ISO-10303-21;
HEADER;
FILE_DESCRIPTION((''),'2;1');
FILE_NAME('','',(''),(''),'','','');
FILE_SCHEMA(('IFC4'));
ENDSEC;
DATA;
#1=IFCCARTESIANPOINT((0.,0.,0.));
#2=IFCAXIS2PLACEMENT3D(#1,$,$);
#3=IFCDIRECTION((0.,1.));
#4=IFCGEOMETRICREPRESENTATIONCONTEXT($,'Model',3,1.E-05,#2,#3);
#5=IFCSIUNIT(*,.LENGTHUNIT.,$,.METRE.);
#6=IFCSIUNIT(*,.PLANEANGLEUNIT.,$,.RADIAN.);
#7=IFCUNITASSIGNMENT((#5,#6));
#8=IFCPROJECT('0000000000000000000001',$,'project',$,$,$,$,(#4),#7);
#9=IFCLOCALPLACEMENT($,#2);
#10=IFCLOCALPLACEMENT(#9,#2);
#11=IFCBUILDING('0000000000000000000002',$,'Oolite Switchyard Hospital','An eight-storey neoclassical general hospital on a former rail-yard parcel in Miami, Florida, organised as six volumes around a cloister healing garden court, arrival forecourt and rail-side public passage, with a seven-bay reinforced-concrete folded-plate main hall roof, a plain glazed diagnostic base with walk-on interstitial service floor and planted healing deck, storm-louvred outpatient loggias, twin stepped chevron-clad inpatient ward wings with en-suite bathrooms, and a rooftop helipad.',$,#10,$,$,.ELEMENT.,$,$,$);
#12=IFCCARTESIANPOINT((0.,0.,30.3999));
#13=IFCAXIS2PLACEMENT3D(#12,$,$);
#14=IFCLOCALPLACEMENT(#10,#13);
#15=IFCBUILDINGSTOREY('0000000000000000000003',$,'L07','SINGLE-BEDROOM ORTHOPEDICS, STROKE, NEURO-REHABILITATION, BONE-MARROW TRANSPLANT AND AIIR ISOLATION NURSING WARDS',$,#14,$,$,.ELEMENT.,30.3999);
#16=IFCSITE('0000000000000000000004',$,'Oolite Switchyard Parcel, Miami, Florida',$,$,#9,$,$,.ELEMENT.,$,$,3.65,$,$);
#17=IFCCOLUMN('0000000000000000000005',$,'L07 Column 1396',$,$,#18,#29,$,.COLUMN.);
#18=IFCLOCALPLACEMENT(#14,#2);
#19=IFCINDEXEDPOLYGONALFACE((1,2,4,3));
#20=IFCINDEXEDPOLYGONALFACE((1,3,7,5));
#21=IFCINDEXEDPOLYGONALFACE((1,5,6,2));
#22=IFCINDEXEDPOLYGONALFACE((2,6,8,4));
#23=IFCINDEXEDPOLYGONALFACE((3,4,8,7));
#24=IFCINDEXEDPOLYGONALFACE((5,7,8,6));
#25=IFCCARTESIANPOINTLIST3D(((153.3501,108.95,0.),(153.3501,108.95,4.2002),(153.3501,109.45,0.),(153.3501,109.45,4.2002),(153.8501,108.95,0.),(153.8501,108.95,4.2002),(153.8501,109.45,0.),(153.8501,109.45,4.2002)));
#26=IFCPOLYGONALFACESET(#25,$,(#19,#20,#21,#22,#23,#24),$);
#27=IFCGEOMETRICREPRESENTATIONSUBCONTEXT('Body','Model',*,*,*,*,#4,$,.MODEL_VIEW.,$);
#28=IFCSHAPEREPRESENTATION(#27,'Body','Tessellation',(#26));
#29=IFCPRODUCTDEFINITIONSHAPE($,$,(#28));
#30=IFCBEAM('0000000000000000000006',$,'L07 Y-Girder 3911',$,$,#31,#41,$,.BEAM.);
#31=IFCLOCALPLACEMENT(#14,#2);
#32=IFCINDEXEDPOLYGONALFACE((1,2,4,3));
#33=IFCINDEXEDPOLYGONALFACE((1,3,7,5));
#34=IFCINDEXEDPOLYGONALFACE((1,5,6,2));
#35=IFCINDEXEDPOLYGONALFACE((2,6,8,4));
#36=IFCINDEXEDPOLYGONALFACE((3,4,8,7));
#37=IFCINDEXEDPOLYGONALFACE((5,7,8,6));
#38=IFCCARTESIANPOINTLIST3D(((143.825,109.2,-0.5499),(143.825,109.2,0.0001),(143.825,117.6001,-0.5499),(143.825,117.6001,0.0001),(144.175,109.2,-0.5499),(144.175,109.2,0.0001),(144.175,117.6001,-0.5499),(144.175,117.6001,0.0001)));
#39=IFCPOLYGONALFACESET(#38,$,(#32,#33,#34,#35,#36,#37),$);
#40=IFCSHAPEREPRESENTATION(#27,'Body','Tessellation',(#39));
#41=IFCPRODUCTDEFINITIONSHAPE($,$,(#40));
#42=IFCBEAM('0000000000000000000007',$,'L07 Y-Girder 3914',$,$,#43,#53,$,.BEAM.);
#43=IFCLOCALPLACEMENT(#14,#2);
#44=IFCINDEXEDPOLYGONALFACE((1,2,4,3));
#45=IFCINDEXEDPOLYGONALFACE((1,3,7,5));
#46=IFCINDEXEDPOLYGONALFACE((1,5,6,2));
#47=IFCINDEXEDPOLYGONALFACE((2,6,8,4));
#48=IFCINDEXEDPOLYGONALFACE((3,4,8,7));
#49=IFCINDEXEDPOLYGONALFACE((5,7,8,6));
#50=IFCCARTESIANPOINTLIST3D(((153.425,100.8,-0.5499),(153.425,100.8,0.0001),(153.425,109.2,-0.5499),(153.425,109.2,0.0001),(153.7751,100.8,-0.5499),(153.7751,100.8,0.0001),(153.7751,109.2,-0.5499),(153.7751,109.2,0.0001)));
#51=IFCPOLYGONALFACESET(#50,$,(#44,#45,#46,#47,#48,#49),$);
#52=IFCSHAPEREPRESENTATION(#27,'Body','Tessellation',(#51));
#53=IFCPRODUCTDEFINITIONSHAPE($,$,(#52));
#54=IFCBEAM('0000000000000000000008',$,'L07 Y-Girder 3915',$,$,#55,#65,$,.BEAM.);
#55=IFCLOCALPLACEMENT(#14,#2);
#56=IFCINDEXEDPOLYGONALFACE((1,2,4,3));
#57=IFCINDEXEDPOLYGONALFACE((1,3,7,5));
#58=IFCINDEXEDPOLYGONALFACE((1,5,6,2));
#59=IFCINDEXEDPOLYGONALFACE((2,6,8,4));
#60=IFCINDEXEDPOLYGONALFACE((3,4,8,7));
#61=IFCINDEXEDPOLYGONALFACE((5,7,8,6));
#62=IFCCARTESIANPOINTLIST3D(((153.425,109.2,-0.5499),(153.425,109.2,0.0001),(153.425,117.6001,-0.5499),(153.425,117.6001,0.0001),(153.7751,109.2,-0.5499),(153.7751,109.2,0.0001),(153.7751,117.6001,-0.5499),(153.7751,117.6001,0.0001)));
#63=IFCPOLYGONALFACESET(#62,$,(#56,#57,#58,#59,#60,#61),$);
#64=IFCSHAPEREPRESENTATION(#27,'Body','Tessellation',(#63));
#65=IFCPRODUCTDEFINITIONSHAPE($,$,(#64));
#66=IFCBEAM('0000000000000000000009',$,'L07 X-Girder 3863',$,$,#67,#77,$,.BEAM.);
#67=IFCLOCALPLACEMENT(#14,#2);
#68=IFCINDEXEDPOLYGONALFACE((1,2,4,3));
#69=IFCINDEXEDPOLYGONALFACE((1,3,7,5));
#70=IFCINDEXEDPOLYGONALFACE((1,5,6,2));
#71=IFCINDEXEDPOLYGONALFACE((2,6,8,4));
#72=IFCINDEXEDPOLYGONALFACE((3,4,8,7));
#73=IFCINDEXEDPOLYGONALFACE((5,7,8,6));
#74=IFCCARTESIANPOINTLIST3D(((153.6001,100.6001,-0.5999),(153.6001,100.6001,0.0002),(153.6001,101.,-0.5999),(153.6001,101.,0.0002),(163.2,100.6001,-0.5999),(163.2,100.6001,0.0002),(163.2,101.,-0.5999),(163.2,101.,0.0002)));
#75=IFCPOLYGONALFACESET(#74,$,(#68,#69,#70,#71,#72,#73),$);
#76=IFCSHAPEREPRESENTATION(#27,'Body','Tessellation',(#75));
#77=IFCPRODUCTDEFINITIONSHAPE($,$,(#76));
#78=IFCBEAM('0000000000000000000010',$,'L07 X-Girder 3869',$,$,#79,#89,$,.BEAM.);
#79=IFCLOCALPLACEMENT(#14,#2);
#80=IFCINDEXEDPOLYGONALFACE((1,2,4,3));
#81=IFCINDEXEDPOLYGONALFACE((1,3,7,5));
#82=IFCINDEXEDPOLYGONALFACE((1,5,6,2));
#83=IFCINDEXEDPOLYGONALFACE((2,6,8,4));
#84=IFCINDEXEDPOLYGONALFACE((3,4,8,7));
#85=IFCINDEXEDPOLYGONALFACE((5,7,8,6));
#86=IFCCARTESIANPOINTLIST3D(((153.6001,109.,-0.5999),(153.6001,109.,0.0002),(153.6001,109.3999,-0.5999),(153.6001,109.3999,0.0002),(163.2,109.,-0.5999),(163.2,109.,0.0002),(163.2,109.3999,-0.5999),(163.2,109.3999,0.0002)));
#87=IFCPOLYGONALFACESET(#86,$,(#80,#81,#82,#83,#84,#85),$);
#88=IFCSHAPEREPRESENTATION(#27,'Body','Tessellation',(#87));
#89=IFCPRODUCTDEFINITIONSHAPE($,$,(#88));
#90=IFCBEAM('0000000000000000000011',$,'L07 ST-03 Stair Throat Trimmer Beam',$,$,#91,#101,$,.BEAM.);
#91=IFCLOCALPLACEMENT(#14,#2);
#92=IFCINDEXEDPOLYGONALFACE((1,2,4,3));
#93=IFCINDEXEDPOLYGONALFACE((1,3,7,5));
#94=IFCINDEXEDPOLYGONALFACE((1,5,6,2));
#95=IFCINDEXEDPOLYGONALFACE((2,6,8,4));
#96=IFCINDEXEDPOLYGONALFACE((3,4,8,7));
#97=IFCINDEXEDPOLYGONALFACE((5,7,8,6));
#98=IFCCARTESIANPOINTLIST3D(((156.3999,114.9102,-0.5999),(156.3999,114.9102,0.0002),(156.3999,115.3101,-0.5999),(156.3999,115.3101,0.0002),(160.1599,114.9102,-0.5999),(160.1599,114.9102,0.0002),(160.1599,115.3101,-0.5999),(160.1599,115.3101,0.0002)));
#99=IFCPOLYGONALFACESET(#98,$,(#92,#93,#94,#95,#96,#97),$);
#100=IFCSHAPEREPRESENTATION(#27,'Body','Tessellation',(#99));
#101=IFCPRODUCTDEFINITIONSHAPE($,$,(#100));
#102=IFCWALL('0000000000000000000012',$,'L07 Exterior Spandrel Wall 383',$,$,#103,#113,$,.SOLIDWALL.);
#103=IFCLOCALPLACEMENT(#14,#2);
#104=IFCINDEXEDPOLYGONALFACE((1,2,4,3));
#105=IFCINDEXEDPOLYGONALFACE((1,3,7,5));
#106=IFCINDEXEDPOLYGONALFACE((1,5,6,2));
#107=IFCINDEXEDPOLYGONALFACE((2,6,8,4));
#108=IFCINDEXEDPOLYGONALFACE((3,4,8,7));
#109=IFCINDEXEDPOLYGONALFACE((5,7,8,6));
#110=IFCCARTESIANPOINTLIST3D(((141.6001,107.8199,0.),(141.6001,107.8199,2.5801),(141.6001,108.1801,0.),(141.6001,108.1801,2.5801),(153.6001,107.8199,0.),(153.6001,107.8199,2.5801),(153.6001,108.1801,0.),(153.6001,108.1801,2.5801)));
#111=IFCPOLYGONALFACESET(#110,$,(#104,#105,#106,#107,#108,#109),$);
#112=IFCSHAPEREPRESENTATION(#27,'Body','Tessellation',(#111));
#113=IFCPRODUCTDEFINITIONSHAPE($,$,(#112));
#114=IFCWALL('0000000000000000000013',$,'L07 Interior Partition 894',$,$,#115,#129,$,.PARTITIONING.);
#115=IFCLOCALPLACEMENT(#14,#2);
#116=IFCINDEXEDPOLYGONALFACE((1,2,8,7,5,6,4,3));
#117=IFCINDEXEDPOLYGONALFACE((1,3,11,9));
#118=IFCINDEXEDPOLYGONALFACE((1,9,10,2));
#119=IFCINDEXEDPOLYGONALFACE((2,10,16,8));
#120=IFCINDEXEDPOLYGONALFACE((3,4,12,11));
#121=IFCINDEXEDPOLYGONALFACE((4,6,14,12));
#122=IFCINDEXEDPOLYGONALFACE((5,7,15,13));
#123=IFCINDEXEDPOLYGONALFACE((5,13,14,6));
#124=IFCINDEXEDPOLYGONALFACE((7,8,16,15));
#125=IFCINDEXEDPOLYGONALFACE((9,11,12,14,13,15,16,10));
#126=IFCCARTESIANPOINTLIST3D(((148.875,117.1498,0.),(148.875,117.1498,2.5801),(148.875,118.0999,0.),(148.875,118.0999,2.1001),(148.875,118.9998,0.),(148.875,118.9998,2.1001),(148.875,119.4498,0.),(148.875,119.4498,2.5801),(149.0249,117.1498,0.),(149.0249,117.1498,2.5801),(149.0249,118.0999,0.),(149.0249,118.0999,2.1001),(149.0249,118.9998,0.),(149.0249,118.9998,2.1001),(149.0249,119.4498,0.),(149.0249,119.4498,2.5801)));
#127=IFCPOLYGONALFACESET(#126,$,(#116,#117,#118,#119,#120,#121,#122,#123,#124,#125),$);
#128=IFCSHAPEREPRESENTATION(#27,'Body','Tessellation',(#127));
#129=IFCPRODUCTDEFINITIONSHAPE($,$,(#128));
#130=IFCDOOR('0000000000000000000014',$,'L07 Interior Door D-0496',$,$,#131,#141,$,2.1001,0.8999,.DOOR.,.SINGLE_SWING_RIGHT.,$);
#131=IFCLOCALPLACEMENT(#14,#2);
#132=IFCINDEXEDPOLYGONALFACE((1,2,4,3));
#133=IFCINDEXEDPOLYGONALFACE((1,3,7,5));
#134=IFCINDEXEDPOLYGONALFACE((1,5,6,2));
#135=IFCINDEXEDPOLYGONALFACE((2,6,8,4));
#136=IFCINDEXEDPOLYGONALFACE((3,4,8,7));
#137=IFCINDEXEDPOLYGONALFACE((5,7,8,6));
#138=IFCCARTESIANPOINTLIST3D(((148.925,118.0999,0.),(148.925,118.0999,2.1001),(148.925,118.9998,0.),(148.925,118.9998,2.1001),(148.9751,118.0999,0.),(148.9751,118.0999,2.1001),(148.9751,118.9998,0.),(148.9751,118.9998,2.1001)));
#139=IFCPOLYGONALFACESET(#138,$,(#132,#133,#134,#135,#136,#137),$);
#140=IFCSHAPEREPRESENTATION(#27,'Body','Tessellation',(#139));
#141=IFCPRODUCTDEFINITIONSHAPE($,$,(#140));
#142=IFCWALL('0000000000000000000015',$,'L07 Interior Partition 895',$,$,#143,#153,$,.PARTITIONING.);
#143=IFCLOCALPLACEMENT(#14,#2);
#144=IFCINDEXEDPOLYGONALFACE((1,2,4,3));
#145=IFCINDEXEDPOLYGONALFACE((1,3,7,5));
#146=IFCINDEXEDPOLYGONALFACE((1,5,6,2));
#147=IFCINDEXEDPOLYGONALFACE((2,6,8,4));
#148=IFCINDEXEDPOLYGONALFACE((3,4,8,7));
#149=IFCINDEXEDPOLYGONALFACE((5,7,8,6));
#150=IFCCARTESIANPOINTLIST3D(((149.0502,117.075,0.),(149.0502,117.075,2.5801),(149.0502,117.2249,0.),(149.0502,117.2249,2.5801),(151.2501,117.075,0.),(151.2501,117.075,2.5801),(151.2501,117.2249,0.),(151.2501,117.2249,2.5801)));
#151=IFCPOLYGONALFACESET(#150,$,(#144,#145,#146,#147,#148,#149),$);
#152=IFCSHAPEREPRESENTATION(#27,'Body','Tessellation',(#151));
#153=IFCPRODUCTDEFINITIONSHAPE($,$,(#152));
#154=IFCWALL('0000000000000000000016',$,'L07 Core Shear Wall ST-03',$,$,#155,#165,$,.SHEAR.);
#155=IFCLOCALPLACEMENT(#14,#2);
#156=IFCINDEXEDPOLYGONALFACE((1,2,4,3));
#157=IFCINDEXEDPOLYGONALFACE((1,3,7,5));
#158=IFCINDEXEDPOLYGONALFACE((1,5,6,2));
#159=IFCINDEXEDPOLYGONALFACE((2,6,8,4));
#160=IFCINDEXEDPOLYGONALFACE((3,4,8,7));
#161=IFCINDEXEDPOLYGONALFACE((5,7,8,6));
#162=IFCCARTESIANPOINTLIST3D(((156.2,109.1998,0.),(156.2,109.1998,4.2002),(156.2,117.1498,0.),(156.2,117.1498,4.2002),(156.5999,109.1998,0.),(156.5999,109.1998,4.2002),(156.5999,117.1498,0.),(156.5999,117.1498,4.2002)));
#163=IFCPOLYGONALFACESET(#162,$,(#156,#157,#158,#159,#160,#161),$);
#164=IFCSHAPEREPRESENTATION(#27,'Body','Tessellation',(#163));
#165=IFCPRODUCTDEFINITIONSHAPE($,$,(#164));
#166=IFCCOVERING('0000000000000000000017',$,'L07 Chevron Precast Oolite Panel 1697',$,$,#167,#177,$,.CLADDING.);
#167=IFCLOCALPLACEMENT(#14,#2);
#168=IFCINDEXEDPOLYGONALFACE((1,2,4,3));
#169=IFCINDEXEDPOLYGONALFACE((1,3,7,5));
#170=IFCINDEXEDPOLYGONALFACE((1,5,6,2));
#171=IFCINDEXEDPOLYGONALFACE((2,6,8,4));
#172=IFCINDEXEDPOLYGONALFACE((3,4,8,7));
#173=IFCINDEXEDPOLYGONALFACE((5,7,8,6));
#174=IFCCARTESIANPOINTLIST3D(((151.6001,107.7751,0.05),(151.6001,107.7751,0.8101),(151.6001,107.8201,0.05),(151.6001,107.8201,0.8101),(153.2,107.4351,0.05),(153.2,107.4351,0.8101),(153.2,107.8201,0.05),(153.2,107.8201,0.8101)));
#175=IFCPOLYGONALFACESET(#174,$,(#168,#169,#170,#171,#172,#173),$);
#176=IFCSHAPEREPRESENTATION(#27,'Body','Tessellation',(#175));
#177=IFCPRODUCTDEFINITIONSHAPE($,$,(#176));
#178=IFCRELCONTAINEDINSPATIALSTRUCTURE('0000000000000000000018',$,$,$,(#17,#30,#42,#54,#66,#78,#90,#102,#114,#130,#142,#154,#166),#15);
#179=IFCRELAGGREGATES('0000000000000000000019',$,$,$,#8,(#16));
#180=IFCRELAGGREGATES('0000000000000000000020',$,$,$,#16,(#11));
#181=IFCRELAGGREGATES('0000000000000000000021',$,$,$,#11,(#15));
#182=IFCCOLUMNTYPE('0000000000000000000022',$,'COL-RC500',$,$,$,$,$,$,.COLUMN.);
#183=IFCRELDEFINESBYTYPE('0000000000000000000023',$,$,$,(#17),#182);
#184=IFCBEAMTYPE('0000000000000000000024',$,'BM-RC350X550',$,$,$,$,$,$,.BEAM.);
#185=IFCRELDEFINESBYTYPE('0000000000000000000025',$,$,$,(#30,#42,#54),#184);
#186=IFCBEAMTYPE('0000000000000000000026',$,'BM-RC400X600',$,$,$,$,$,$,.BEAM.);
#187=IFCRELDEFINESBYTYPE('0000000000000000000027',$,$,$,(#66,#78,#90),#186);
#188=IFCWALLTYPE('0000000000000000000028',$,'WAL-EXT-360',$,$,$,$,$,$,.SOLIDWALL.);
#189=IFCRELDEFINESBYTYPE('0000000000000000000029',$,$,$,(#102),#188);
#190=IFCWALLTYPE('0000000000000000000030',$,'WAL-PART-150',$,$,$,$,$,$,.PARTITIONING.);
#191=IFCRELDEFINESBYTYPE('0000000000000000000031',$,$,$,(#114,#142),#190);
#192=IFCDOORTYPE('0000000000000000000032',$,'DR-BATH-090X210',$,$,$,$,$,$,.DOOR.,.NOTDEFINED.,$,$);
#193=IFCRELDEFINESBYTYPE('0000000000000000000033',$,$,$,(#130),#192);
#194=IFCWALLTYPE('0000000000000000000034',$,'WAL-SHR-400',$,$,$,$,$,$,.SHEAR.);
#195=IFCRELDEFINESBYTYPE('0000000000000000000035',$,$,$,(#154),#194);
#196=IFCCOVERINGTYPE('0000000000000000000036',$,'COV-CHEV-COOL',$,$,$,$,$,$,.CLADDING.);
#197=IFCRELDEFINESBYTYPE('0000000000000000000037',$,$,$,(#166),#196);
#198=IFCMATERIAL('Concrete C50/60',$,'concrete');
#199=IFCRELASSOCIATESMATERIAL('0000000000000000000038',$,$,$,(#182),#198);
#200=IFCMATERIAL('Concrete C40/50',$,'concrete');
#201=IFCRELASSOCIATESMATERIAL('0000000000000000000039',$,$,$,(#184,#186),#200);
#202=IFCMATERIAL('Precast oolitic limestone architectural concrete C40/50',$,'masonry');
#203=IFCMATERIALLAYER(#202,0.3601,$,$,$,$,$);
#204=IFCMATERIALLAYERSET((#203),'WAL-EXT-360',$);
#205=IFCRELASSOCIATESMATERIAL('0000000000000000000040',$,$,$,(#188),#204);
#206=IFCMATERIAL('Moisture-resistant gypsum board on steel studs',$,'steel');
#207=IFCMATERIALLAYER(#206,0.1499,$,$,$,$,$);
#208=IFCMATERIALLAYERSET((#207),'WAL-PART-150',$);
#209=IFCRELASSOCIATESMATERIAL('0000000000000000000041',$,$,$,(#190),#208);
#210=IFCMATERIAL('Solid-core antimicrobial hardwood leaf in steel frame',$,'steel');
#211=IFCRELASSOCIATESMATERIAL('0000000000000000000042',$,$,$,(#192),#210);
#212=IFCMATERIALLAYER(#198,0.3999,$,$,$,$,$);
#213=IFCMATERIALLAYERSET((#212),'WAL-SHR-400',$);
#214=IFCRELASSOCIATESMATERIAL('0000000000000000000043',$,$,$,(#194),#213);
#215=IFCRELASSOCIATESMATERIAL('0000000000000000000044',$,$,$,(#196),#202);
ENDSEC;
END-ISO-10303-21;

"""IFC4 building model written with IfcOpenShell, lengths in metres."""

from ifc_helpers import new_model, si_unit, direction, frame, frame_2d, origin, origin_2d, place, context, subcontext, project, spatial, polyline, rectangle, outline, extrude, material, layer, layer_set, material_profile, profile_set, type_object, element, fill, save


model = new_model("IFC4")

# Units and contexts
model_context = context("Model", 3, precision=1e-05, world=origin(), true_north=direction((0.0, 1.0)))
body_context = subcontext(model_context, "Body", "Model", "MODEL_VIEW")
ifc_project = project(units=[si_unit("LENGTHUNIT", "METRE"), si_unit("PLANEANGLEUNIT", "RADIAN")], contexts=[model_context])

# Site, building, storey
site_placement = place(None, origin())
site = spatial("IfcSite", under=ifc_project, at=site_placement, Name="Oolite Switchyard Parcel, Miami, Florida", CompositionType="ELEMENT", RefElevation=3.65)
building_placement = place(site_placement, origin())
building = spatial("IfcBuilding", under=site, at=building_placement, Name="Oolite Switchyard Hospital", Description="An eight-storey neoclassical general hospital on a former rail-yard parcel in Miami, Florida, organised as six volumes around a cloister healing garden court, arrival forecourt and rail-side public passage, with a seven-bay reinforced-concrete folded-plate main hall roof, a plain glazed diagnostic base with walk-on interstitial service floor and planted healing deck, storm-louvred outpatient loggias, twin stepped chevron-clad inpatient ward wings with en-suite bathrooms, and a rooftop helipad.", CompositionType="ELEMENT")
storey_placement = place(building_placement, frame((0.0, 0.0, 30.3999)))
storey = spatial("IfcBuildingStorey", under=building, at=storey_placement, Name="L07", Description="SINGLE-BEDROOM ORTHOPEDICS, STROKE, NEURO-REHABILITATION, BONE-MARROW TRANSPLANT AND AIIR ISOLATION NURSING WARDS", CompositionType="ELEMENT", Elevation=30.3999)

# Column
ifc_material_1 = material(Name="Concrete C50/60", Category="concrete")
ifc_material_profile_1 = material_profile(ifc_material_1, rectangle(XDim=0.5, YDim=0.5, at=origin_2d()), Name="RC500X500")
ifc_profile_set_1 = profile_set([ifc_material_profile_1], Name="Concrete C50/60")
column_type = type_object("IfcColumnType", Name="COL-RC500", PredefinedType="COLUMN", material=ifc_profile_set_1)
column_placement = place(storey_placement, frame((153.6001, 109.2, 0.0), z_axis=(0.0, 0.0, 1.0), x_axis=(1.0, 0.0, 0.0)))
element("IfcColumn", 1, at=column_placement, inside=storey, type_object=column_type, Name="L07 Column 1396", PredefinedType="COLUMN", context=body_context, shape_type="SweptSolid", body=[
    extrude(rectangle(XDim=0.5, YDim=0.5, at=origin_2d()), origin(), (0.0, 0.0, 1.0), 4.2002),
])

# Beams
ifc_material_2 = material(Name="Concrete C40/50", Category="concrete")
ifc_material_profile_2 = material_profile(ifc_material_2, rectangle(XDim=0.3501, YDim=0.55, at=origin_2d()), Name="RCB350X550")
ifc_profile_set_2 = profile_set([ifc_material_profile_2], Name="Concrete C40/50")
beam_type_1 = type_object("IfcBeamType", Name="BM-RC350X550", PredefinedType="BEAM", material=ifc_profile_set_2)
beam_1_placement = place(storey_placement, frame((144.0, 109.2, -0.2749), z_axis=(0.0, 1.0, 0.0), x_axis=(-1.0, 0.0, 0.0)))
element("IfcBeam", 2, at=beam_1_placement, inside=storey, type_object=beam_type_1, Name="L07 Y-Girder 3911", PredefinedType="BEAM", context=body_context, shape_type="SweptSolid", body=[
    extrude(rectangle(XDim=0.3501, YDim=0.55, at=origin_2d()), origin(), (0.0, 0.0, 1.0), 8.4001),
])
beam_2_placement = place(storey_placement, frame((153.6001, 100.8, -0.2749), z_axis=(0.0, 1.0, 0.0), x_axis=(-1.0, 0.0, 0.0)))
element("IfcBeam", 3, at=beam_2_placement, inside=storey, type_object=beam_type_1, Name="L07 Y-Girder 3914", PredefinedType="BEAM", context=body_context, shape_type="SweptSolid", body=[
    extrude(rectangle(XDim=0.3501, YDim=0.55, at=origin_2d()), origin(), (0.0, 0.0, 1.0), 8.3999),
])
beam_3_placement = place(storey_placement, frame((153.6001, 109.2, -0.2749), z_axis=(0.0, 1.0, 0.0), x_axis=(-1.0, 0.0, 0.0)))
element("IfcBeam", 4, at=beam_3_placement, inside=storey, type_object=beam_type_1, Name="L07 Y-Girder 3915", PredefinedType="BEAM", context=body_context, shape_type="SweptSolid", body=[
    extrude(rectangle(XDim=0.3501, YDim=0.55, at=origin_2d()), origin(), (0.0, 0.0, 1.0), 8.4001),
])
ifc_material_profile_3 = material_profile(ifc_material_2, rectangle(XDim=0.3999, YDim=0.6001, at=origin_2d()), Name="RCB400X600")
ifc_profile_set_3 = profile_set([ifc_material_profile_3], Name="Concrete C40/50")
beam_type_2 = type_object("IfcBeamType", Name="BM-RC400X600", PredefinedType="BEAM", material=ifc_profile_set_3)
for number, where, z_axis, x_axis, name in (
    (5, (153.6001, 100.8, -0.2998), (1.0, 0.0, 0.0), (0.0, 1.0, 0.0), "L07 X-Girder 3863"),
    (6, (153.6001, 109.2, -0.2998), (1.0, 0.0, 0.0), (0.0, 1.0, 0.0), "L07 X-Girder 3869"),
):
    element("IfcBeam", number, at=place(storey_placement, frame(where, z_axis=z_axis, x_axis=x_axis)), inside=storey, type_object=beam_type_2, Name=name, PredefinedType="BEAM", context=body_context, shape_type="SweptSolid", body=[
        extrude(rectangle(XDim=0.3999, YDim=0.6001, at=origin_2d()), origin(), (0.0, 0.0, 1.0), 9.5999),
    ])
beam_4_placement = place(storey_placement, frame((156.3999, 115.1101, -0.2998), z_axis=(1.0, 0.0, 0.0), x_axis=(0.0, 1.0, 0.0)))
element("IfcBeam", 7, at=beam_4_placement, inside=storey, type_object=beam_type_2, Name="L07 ST-03 Stair Throat Trimmer Beam", PredefinedType="BEAM", context=body_context, shape_type="SweptSolid", body=[
    extrude(rectangle(XDim=0.3999, YDim=0.6001, at=origin_2d()), origin(), (0.0, 0.0, 1.0), 3.76),
])

# Wall
ifc_material_3 = material(Name="Precast oolitic limestone architectural concrete C40/50", Category="masonry")
ifc_layer_1 = layer(ifc_material_3, 0.3601)
ifc_layer_set_1 = layer_set([ifc_layer_1], Name="WAL-EXT-360")
wall_type_1 = type_object("IfcWallType", Name="WAL-EXT-360", PredefinedType="SOLIDWALL", material=ifc_layer_set_1)
wall_1_placement = place(storey_placement, frame((153.6001, 108.0, 0.0), z_axis=(0.0, 0.0, 1.0), x_axis=(-1.0, 0.0, 0.0)))
element("IfcWall", 8, at=wall_1_placement, inside=storey, type_object=wall_type_1, Name="L07 Exterior Spandrel Wall 383", PredefinedType="SOLIDWALL", context=body_context, shape_type="SweptSolid", body=[
    extrude(rectangle(XDim=12.0, YDim=0.3601, at=frame_2d((6.0, 0.0))), origin(), (0.0, 0.0, 1.0), 2.5801),
])

# Wall, opening, door
ifc_material_4 = material(Name="Moisture-resistant gypsum board on steel studs", Category="steel")
ifc_layer_2 = layer(ifc_material_4, 0.1499)
ifc_layer_set_2 = layer_set([ifc_layer_2], Name="WAL-PART-150")
wall_type_2 = type_object("IfcWallType", Name="WAL-PART-150", PredefinedType="PARTITIONING", material=ifc_layer_set_2)
wall_2_placement = place(storey_placement, frame((148.95, 117.1499, 0.0), z_axis=(0.0, 0.0, 1.0), x_axis=(0.0, 1.0, 0.0)))
wall_2 = element("IfcWall", 9, at=wall_2_placement, inside=storey, type_object=wall_type_2, Name="L07 Interior Partition 894", PredefinedType="PARTITIONING", context=body_context, shape_type="SweptSolid", body=[
    extrude(rectangle(XDim=2.3, YDim=0.1499, at=frame_2d((1.1499, 0.0))), origin(), (0.0, 0.0, 1.0), 2.5801),
])
opening_placement = place(wall_2_placement, frame((0.95, 0.0, 0.0)))
opening = element("IfcOpeningElement", 10, at=opening_placement, cuts=wall_2, PredefinedType="OPENING", context=body_context, shape_type="SweptSolid", body=[
    extrude(rectangle(XDim=0.8999, YDim=2.1001, at=frame_2d((0.45, 1.05))), frame((0.0, 0.085, 0.0), z_axis=(0.0, -1.0, 0.0), x_axis=(1.0, 0.0, 0.0)), (0.0, 0.0, 1.0), 0.1699),
])
ifc_material_5 = material(Name="Solid-core antimicrobial hardwood leaf in steel frame", Category="steel")
door_type = type_object("IfcDoorType", Name="DR-BATH-090X210", OperationType="NOTDEFINED", PredefinedType="DOOR", material=ifc_material_5)
door_placement = place(opening_placement, origin())
door = element("IfcDoor", 11, at=door_placement, inside=storey, type_object=door_type, Name="L07 Interior Door D-0496", OperationType="SINGLE_SWING_RIGHT", OverallHeight=2.1001, OverallWidth=0.8999, PredefinedType="DOOR", context=body_context, shape_type="SweptSolid", body=[
    extrude(rectangle(XDim=0.8999, YDim=2.1001, at=frame_2d((0.45, 1.05))), frame((0.0, 0.0249, 0.0), z_axis=(0.0, -1.0, 0.0), x_axis=(1.0, 0.0, 0.0)), (0.0, 0.0, 1.0), 0.05),
])
fill(opening, door)

# Walls
wall_3_placement = place(storey_placement, frame((149.05, 117.1499, 0.0), z_axis=(0.0, 0.0, 1.0), x_axis=(1.0, 0.0, 0.0)))
element("IfcWall", 12, at=wall_3_placement, inside=storey, type_object=wall_type_2, Name="L07 Interior Partition 895", PredefinedType="PARTITIONING", context=body_context, shape_type="SweptSolid", body=[
    extrude(rectangle(XDim=2.2, YDim=0.1499, at=frame_2d((1.1001, 0.0))), origin(), (0.0, 0.0, 1.0), 2.5801),
])
ifc_layer_3 = layer(ifc_material_1, 0.3999)
ifc_layer_set_3 = layer_set([ifc_layer_3], Name="WAL-SHR-400")
wall_type_3 = type_object("IfcWallType", Name="WAL-SHR-400", PredefinedType="SHEAR", material=ifc_layer_set_3)
wall_4_placement = place(storey_placement, frame((156.3999, 117.1499, 0.0), z_axis=(0.0, 0.0, 1.0), x_axis=(0.0, -1.0, 0.0)))
element("IfcWall", 13, at=wall_4_placement, inside=storey, type_object=wall_type_3, Name="L07 Core Shear Wall ST-03", PredefinedType="SHEAR", context=body_context, shape_type="SweptSolid", body=[
    extrude(rectangle(XDim=7.95, YDim=0.3999, at=frame_2d((3.9751, 0.0))), origin(), (0.0, 0.0, 1.0), 4.2002),
])

# Covering
covering_type = type_object("IfcCoveringType", Name="COV-CHEV-COOL", PredefinedType="CLADDING", material=ifc_material_3)
covering_1_placement = place(storey_placement, frame((153.2, 107.8201, 0.05), z_axis=(0.0, 0.0, 1.0), x_axis=(-1.0, 0.0, 0.0)))
element("IfcCovering", 14, at=covering_1_placement, inside=storey, type_object=covering_type, Name="L07 Chevron Precast Oolite Panel 1697", PredefinedType="CLADDING", context=body_context, shape_type="SweptSolid", body=[
    extrude(outline(polyline([(0.0, 0.0), (1.5999, 0.0), (1.5999, 0.0449), (0.0, 0.385), (0.0, 0.0)])), origin(), (0.0, 0.0, 1.0), 0.76),
])

save(model, "model.ifc")
